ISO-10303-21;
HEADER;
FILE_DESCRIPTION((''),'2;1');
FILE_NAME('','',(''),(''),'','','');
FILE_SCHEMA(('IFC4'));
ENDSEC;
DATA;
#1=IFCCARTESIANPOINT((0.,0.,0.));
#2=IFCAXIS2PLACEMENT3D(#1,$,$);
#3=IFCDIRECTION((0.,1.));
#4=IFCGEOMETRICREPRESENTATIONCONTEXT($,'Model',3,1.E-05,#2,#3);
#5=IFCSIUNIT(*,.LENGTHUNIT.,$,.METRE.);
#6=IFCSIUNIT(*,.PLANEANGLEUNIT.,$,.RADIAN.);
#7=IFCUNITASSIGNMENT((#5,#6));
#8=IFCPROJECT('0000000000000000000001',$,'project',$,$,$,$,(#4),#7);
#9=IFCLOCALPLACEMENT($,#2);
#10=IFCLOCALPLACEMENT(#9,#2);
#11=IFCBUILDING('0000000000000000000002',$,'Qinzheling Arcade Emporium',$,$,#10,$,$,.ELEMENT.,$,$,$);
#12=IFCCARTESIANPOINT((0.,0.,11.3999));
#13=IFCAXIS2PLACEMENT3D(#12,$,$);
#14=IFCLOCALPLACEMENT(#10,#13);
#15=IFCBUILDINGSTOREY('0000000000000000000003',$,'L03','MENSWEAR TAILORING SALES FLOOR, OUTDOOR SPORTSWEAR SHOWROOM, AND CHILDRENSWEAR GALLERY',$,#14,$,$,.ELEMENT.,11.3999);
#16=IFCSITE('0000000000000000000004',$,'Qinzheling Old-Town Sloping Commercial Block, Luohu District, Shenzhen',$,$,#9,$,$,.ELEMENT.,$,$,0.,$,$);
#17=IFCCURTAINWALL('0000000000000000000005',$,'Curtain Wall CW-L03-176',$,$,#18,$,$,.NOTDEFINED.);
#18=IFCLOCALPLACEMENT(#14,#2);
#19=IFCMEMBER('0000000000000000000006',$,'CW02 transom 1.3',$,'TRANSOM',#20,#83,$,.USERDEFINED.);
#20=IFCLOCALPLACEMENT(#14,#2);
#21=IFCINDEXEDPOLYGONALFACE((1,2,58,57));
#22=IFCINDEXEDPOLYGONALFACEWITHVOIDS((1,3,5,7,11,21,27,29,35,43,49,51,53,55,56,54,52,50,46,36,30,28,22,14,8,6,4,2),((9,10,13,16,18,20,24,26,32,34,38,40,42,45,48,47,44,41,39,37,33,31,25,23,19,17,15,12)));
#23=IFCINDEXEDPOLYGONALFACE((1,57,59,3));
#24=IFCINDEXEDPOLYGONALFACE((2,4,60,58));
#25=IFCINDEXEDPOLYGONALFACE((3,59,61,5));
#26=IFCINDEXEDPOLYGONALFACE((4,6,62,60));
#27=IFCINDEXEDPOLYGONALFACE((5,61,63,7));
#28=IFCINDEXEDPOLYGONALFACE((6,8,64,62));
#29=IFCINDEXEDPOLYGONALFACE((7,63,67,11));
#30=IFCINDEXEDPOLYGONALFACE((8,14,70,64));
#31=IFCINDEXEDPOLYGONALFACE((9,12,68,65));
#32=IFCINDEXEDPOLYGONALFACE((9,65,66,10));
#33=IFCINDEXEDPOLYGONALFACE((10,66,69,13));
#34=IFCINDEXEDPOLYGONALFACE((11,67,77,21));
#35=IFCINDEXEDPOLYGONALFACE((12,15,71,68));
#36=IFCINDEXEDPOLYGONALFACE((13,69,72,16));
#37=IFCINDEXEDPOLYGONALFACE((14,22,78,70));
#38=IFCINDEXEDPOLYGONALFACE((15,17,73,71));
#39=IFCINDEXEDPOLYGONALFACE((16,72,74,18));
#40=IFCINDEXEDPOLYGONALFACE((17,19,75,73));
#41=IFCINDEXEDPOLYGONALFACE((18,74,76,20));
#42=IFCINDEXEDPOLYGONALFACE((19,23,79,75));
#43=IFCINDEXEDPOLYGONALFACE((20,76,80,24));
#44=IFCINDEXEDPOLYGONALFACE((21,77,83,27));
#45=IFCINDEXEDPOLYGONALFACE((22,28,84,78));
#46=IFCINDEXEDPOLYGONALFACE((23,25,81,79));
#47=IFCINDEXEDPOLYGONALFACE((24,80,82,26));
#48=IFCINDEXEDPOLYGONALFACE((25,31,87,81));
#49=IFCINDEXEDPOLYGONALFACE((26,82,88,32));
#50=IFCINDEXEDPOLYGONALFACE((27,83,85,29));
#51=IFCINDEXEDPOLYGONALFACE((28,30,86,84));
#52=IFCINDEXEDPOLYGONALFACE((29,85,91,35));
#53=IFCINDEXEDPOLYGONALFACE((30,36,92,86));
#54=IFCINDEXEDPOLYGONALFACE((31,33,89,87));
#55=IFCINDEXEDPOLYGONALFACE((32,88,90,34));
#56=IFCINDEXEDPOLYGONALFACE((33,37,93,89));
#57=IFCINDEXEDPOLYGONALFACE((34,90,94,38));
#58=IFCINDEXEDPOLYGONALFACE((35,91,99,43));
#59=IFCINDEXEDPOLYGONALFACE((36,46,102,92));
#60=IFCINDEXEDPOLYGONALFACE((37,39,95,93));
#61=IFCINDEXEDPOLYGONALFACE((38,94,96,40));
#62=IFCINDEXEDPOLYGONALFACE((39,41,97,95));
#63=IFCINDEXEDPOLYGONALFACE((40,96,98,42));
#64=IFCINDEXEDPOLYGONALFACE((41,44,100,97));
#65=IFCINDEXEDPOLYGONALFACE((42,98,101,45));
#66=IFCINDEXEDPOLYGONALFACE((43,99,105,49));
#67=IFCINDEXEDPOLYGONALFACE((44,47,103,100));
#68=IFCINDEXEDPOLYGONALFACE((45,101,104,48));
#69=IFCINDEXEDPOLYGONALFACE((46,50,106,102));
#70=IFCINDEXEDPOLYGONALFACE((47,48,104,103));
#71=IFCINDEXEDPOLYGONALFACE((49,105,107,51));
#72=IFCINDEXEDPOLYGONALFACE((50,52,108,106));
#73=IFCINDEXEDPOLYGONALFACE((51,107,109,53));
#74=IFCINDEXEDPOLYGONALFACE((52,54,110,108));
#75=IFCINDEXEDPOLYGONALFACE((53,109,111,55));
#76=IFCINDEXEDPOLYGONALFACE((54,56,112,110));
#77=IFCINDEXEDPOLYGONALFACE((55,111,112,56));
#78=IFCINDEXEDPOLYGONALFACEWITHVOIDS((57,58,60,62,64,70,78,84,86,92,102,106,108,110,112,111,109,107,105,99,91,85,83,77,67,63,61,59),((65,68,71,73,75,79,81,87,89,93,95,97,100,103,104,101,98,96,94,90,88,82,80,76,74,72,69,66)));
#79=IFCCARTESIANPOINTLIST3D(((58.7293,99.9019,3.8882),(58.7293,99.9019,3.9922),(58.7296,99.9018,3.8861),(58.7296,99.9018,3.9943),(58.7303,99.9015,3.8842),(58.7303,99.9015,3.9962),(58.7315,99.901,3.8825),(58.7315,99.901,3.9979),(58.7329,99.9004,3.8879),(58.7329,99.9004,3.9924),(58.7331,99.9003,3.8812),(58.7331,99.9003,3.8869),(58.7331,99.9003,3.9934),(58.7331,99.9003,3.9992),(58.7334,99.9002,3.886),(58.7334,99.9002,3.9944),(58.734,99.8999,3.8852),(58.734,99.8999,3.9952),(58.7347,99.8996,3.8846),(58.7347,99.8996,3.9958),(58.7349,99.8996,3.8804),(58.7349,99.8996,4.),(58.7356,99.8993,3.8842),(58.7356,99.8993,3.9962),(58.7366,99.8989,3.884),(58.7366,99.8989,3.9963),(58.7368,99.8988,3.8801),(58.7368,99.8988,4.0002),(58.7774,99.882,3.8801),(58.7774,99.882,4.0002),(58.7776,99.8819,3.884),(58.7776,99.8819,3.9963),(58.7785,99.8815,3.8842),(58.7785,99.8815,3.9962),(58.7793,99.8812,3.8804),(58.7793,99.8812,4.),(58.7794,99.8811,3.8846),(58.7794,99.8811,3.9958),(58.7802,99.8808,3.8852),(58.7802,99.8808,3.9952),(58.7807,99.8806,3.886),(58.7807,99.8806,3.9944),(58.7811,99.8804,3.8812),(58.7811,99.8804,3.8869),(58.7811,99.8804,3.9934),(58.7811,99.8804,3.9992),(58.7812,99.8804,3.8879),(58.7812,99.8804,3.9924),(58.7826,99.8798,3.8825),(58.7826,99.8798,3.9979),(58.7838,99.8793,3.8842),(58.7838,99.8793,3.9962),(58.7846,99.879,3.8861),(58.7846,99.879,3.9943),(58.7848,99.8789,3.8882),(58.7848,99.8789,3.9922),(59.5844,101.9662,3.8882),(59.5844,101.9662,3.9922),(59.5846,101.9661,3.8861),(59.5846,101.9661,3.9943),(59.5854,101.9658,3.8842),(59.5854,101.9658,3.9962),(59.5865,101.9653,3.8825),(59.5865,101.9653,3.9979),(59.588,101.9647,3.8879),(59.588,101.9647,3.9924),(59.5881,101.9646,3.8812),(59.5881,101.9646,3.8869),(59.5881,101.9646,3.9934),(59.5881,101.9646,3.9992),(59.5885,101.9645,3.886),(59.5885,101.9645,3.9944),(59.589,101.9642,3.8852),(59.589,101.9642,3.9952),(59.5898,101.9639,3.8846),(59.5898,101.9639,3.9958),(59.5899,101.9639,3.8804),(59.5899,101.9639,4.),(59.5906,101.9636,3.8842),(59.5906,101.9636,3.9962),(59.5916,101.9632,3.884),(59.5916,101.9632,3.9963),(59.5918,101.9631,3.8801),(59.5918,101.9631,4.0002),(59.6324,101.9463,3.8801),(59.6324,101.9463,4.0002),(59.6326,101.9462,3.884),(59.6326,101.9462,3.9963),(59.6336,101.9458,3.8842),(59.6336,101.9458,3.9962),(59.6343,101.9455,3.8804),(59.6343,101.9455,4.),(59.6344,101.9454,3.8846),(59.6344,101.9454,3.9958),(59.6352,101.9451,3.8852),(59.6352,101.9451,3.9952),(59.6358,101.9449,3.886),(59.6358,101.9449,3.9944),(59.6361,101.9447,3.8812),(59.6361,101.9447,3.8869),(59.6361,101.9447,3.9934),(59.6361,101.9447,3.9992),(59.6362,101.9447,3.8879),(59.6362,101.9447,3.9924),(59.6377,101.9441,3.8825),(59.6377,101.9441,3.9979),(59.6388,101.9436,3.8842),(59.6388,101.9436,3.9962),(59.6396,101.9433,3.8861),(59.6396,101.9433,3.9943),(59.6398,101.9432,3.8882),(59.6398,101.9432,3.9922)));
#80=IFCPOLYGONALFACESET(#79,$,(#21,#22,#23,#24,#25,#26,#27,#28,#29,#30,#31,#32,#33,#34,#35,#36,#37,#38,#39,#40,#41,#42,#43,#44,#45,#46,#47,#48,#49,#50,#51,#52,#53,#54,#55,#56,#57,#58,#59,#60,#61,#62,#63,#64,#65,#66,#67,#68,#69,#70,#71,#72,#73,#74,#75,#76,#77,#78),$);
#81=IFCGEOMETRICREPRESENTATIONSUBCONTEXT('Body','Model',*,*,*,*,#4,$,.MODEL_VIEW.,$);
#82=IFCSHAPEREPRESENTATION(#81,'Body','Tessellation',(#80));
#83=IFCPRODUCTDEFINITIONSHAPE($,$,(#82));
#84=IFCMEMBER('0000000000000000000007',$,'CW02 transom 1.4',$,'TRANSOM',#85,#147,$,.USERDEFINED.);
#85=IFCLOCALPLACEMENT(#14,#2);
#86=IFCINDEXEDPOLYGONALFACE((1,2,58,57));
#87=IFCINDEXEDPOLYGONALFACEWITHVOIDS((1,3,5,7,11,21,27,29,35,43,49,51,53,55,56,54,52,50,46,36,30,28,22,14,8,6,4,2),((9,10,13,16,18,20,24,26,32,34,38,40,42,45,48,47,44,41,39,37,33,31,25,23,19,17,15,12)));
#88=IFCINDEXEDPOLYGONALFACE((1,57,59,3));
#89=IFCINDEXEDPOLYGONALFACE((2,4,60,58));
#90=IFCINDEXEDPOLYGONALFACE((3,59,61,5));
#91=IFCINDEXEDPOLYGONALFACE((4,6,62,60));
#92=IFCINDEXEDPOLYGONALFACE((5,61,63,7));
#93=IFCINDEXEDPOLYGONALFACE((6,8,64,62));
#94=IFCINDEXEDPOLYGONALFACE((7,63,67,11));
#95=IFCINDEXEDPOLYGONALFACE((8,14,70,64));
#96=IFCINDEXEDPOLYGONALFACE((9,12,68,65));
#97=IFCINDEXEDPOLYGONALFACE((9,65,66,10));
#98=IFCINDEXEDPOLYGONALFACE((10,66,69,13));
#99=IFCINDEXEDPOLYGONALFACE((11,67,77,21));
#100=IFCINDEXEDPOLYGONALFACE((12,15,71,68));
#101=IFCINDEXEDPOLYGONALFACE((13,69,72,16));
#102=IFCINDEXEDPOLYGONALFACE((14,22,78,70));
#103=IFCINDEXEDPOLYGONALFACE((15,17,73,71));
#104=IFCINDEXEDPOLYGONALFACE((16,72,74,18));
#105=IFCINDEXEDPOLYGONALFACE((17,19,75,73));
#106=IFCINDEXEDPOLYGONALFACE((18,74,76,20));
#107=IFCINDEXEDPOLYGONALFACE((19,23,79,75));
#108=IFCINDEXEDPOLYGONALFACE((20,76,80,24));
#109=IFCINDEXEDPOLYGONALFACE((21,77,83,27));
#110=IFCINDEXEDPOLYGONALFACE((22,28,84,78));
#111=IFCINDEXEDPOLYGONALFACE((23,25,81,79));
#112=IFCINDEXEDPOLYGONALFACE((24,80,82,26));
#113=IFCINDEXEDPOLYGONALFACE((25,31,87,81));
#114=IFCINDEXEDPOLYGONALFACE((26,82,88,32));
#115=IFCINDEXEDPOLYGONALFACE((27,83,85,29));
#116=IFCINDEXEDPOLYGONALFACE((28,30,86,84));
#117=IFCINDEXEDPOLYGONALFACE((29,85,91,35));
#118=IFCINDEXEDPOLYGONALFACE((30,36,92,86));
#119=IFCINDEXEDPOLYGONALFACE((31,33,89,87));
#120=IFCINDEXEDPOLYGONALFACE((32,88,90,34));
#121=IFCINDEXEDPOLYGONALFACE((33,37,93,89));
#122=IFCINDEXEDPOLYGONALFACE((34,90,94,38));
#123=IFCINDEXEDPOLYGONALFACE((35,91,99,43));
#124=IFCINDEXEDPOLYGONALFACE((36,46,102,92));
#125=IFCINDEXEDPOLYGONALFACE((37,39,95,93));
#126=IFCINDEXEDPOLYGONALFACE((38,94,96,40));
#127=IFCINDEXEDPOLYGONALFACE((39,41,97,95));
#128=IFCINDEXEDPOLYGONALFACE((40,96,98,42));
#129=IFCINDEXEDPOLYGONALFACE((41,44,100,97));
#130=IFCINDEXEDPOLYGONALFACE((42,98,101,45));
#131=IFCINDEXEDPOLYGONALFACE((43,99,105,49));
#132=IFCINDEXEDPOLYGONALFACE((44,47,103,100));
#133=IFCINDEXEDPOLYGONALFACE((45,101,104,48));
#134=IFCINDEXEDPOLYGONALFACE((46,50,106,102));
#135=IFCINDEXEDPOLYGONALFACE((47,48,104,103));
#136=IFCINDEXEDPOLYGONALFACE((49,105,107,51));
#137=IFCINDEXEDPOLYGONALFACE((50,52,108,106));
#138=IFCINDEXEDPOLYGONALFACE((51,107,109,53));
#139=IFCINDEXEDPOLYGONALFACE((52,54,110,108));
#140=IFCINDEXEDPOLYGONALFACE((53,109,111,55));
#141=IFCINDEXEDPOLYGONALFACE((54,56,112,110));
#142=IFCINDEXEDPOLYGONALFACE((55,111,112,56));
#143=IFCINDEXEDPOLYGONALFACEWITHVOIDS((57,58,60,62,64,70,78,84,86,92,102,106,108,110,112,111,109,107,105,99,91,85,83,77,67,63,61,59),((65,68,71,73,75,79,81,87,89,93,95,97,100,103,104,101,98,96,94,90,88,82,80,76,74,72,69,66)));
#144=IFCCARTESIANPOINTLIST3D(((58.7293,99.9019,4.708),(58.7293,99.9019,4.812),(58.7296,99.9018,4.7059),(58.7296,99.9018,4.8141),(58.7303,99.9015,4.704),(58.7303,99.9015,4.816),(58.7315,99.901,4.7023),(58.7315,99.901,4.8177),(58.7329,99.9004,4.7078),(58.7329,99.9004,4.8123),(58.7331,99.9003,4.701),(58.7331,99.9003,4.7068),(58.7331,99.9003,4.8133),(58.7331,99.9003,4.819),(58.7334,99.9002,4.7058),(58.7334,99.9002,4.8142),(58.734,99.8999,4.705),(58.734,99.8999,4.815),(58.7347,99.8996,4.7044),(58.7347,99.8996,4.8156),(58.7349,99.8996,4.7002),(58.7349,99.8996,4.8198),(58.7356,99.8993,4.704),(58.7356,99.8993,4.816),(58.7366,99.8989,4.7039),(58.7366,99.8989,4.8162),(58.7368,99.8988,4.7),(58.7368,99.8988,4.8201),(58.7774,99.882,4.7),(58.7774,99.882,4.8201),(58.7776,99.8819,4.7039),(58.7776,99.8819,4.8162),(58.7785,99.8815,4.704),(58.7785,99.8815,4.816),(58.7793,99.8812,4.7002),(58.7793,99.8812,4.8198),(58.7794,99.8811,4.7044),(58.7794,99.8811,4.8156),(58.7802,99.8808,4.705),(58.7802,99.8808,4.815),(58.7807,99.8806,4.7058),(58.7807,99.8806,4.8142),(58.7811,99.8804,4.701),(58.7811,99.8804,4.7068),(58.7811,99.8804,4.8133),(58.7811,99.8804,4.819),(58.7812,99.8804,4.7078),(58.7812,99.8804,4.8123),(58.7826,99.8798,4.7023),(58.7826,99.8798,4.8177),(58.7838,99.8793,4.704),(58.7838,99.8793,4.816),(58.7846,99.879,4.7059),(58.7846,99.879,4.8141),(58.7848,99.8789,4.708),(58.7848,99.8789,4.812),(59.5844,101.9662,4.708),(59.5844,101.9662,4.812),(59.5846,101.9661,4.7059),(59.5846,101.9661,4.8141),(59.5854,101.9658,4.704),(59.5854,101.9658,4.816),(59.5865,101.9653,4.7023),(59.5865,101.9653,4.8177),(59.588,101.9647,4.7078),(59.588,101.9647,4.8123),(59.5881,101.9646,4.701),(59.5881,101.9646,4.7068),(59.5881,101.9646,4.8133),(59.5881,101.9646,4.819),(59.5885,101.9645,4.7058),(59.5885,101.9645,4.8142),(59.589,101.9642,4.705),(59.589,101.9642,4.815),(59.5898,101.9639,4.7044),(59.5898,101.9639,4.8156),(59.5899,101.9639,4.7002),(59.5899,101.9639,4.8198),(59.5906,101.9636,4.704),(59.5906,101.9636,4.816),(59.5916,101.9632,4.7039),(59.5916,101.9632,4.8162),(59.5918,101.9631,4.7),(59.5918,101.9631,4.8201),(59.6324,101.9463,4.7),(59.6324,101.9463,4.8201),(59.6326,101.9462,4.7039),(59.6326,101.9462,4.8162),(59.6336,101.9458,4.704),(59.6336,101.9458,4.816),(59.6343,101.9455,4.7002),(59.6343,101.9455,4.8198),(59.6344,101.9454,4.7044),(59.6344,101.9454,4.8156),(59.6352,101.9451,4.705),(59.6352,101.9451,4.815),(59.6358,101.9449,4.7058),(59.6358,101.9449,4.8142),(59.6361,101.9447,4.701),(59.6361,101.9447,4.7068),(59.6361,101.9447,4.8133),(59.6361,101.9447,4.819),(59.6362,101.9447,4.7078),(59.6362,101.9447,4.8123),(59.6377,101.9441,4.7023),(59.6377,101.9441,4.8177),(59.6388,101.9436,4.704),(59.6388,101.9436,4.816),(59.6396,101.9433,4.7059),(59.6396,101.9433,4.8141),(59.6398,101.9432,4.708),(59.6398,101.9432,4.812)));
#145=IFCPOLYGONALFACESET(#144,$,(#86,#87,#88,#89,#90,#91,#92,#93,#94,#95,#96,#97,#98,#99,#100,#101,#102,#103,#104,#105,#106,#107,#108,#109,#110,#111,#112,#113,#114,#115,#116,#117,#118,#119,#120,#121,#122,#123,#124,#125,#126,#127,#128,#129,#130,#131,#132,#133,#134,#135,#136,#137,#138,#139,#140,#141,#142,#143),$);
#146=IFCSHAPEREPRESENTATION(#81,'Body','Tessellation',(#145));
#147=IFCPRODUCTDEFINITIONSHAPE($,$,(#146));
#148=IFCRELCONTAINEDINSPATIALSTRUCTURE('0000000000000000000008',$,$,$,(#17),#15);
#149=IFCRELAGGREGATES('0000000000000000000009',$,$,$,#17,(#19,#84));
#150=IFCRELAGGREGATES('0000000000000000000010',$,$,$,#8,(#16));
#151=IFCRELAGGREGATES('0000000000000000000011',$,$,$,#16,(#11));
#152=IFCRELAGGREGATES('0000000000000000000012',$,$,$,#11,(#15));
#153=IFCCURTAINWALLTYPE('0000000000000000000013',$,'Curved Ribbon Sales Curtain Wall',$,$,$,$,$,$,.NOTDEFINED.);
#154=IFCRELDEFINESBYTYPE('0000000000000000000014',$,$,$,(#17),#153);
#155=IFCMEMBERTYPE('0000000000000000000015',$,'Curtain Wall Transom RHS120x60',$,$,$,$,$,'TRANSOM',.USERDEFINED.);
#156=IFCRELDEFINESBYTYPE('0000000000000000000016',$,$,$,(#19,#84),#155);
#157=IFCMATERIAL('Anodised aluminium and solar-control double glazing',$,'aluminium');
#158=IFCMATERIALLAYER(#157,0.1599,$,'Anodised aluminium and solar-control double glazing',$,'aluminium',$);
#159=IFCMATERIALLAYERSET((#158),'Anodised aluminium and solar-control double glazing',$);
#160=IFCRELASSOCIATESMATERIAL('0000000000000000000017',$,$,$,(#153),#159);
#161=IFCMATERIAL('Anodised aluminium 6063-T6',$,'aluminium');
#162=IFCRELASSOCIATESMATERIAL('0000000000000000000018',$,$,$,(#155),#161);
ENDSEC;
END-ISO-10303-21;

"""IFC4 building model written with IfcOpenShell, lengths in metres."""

from ifc_helpers import new_model, si_unit, direction, frame, origin, origin_2d, place, context, subcontext, project, spatial, hollow_rectangle, extrude, material, layer, layer_set, material_profile, profile_set, type_object, element, aggregate, save


model = new_model("IFC4")

# Units and contexts
model_context = context("Model", 3, precision=1e-05, world=origin(), true_north=direction((0.0, 1.0)))
body_context = subcontext(model_context, "Body", "Model", "MODEL_VIEW")
ifc_project = project(units=[si_unit("LENGTHUNIT", "METRE"), si_unit("PLANEANGLEUNIT", "RADIAN")], contexts=[model_context])

# Site, building, storey
site_placement = place(None, origin())
site = spatial("IfcSite", under=ifc_project, at=site_placement, Name="Qinzheling Old-Town Sloping Commercial Block, Luohu District, Shenzhen", CompositionType="ELEMENT", RefElevation=0.0)
building_placement = place(site_placement, origin())
building = spatial("IfcBuilding", under=site, at=building_placement, Name="Qinzheling Arcade Emporium", CompositionType="ELEMENT")
storey_placement = place(building_placement, frame((0.0, 0.0, 11.3999)))
storey = spatial("IfcBuildingStorey", under=building, at=storey_placement, Name="L03", Description="MENSWEAR TAILORING SALES FLOOR, OUTDOOR SPORTSWEAR SHOWROOM, AND CHILDRENSWEAR GALLERY", CompositionType="ELEMENT", Elevation=11.3999)

# Curtain wall
ifc_material_1 = material(Name="Anodised aluminium and solar-control double glazing", Category="aluminium")
ifc_layer_1 = layer(ifc_material_1, 0.1599, Name="Anodised aluminium and solar-control double glazing", Category="aluminium")
ifc_layer_set_1 = layer_set([ifc_layer_1], Name="Anodised aluminium and solar-control double glazing")
curtain_wall_type = type_object("IfcCurtainWallType", Name="Curved Ribbon Sales Curtain Wall", PredefinedType="NOTDEFINED", material=ifc_layer_set_1)
curtain_wall_1_placement = place(storey_placement, origin())
curtain_wall_1 = element("IfcCurtainWall", 1, at=curtain_wall_1_placement, inside=storey, type_object=curtain_wall_type, Name="Curtain Wall CW-L03-176", PredefinedType="NOTDEFINED")
ifc_material_2 = material(Name="Anodised aluminium 6063-T6", Category="aluminium")

# Members
ifc_material_profile_1 = material_profile(ifc_material_2, hollow_rectangle(XDim=0.0601, YDim=0.1201, WallThickness=0.0039, InnerFilletRadius=0.0039, OuterFilletRadius=0.0081, at=origin_2d()), Name="RHS 120x60x4", Category="aluminium")
ifc_profile_set_1 = profile_set([ifc_material_profile_1], Name="Anodised aluminium 6063-T6")
member_type_1 = type_object("IfcMemberType", Name="Curtain Wall Transom RHS120x60", ElementType="TRANSOM", PredefinedType="USERDEFINED", material=ifc_profile_set_1)
member_1_placement = place(storey_placement, frame((58.7571, 99.8904, 3.9402), z_axis=(0.382667, 0.923886, 0.0), x_axis=(-0.923886, 0.382667, 0.0)))
member_1 = element("IfcMember", 2, at=member_1_placement, type_object=member_type_1, Name="CW02 transom 1.3", ObjectType="TRANSOM", PredefinedType="USERDEFINED", context=body_context, shape_type="SweptSolid", body=[
    extrude(hollow_rectangle(XDim=0.0601, YDim=0.1201, WallThickness=0.0039, InnerFilletRadius=0.0039, OuterFilletRadius=0.0081, at=origin_2d()), origin(), (0.0, 0.0, 1.0), 2.2344),
])
member_2_placement = place(storey_placement, frame((58.7571, 99.8904, 4.76), z_axis=(0.382667, 0.923886, 0.0), x_axis=(-0.923886, 0.382667, 0.0)))
member_2 = element("IfcMember", 3, at=member_2_placement, type_object=member_type_1, Name="CW02 transom 1.4", ObjectType="TRANSOM", PredefinedType="USERDEFINED", context=body_context, shape_type="SweptSolid", body=[
    extrude(hollow_rectangle(XDim=0.0601, YDim=0.1201, WallThickness=0.0039, InnerFilletRadius=0.0039, OuterFilletRadius=0.0081, at=origin_2d()), origin(), (0.0, 0.0, 1.0), 2.2344),
])

aggregate(curtain_wall_1, [member_1, member_2])

save(model, "model.ifc")
